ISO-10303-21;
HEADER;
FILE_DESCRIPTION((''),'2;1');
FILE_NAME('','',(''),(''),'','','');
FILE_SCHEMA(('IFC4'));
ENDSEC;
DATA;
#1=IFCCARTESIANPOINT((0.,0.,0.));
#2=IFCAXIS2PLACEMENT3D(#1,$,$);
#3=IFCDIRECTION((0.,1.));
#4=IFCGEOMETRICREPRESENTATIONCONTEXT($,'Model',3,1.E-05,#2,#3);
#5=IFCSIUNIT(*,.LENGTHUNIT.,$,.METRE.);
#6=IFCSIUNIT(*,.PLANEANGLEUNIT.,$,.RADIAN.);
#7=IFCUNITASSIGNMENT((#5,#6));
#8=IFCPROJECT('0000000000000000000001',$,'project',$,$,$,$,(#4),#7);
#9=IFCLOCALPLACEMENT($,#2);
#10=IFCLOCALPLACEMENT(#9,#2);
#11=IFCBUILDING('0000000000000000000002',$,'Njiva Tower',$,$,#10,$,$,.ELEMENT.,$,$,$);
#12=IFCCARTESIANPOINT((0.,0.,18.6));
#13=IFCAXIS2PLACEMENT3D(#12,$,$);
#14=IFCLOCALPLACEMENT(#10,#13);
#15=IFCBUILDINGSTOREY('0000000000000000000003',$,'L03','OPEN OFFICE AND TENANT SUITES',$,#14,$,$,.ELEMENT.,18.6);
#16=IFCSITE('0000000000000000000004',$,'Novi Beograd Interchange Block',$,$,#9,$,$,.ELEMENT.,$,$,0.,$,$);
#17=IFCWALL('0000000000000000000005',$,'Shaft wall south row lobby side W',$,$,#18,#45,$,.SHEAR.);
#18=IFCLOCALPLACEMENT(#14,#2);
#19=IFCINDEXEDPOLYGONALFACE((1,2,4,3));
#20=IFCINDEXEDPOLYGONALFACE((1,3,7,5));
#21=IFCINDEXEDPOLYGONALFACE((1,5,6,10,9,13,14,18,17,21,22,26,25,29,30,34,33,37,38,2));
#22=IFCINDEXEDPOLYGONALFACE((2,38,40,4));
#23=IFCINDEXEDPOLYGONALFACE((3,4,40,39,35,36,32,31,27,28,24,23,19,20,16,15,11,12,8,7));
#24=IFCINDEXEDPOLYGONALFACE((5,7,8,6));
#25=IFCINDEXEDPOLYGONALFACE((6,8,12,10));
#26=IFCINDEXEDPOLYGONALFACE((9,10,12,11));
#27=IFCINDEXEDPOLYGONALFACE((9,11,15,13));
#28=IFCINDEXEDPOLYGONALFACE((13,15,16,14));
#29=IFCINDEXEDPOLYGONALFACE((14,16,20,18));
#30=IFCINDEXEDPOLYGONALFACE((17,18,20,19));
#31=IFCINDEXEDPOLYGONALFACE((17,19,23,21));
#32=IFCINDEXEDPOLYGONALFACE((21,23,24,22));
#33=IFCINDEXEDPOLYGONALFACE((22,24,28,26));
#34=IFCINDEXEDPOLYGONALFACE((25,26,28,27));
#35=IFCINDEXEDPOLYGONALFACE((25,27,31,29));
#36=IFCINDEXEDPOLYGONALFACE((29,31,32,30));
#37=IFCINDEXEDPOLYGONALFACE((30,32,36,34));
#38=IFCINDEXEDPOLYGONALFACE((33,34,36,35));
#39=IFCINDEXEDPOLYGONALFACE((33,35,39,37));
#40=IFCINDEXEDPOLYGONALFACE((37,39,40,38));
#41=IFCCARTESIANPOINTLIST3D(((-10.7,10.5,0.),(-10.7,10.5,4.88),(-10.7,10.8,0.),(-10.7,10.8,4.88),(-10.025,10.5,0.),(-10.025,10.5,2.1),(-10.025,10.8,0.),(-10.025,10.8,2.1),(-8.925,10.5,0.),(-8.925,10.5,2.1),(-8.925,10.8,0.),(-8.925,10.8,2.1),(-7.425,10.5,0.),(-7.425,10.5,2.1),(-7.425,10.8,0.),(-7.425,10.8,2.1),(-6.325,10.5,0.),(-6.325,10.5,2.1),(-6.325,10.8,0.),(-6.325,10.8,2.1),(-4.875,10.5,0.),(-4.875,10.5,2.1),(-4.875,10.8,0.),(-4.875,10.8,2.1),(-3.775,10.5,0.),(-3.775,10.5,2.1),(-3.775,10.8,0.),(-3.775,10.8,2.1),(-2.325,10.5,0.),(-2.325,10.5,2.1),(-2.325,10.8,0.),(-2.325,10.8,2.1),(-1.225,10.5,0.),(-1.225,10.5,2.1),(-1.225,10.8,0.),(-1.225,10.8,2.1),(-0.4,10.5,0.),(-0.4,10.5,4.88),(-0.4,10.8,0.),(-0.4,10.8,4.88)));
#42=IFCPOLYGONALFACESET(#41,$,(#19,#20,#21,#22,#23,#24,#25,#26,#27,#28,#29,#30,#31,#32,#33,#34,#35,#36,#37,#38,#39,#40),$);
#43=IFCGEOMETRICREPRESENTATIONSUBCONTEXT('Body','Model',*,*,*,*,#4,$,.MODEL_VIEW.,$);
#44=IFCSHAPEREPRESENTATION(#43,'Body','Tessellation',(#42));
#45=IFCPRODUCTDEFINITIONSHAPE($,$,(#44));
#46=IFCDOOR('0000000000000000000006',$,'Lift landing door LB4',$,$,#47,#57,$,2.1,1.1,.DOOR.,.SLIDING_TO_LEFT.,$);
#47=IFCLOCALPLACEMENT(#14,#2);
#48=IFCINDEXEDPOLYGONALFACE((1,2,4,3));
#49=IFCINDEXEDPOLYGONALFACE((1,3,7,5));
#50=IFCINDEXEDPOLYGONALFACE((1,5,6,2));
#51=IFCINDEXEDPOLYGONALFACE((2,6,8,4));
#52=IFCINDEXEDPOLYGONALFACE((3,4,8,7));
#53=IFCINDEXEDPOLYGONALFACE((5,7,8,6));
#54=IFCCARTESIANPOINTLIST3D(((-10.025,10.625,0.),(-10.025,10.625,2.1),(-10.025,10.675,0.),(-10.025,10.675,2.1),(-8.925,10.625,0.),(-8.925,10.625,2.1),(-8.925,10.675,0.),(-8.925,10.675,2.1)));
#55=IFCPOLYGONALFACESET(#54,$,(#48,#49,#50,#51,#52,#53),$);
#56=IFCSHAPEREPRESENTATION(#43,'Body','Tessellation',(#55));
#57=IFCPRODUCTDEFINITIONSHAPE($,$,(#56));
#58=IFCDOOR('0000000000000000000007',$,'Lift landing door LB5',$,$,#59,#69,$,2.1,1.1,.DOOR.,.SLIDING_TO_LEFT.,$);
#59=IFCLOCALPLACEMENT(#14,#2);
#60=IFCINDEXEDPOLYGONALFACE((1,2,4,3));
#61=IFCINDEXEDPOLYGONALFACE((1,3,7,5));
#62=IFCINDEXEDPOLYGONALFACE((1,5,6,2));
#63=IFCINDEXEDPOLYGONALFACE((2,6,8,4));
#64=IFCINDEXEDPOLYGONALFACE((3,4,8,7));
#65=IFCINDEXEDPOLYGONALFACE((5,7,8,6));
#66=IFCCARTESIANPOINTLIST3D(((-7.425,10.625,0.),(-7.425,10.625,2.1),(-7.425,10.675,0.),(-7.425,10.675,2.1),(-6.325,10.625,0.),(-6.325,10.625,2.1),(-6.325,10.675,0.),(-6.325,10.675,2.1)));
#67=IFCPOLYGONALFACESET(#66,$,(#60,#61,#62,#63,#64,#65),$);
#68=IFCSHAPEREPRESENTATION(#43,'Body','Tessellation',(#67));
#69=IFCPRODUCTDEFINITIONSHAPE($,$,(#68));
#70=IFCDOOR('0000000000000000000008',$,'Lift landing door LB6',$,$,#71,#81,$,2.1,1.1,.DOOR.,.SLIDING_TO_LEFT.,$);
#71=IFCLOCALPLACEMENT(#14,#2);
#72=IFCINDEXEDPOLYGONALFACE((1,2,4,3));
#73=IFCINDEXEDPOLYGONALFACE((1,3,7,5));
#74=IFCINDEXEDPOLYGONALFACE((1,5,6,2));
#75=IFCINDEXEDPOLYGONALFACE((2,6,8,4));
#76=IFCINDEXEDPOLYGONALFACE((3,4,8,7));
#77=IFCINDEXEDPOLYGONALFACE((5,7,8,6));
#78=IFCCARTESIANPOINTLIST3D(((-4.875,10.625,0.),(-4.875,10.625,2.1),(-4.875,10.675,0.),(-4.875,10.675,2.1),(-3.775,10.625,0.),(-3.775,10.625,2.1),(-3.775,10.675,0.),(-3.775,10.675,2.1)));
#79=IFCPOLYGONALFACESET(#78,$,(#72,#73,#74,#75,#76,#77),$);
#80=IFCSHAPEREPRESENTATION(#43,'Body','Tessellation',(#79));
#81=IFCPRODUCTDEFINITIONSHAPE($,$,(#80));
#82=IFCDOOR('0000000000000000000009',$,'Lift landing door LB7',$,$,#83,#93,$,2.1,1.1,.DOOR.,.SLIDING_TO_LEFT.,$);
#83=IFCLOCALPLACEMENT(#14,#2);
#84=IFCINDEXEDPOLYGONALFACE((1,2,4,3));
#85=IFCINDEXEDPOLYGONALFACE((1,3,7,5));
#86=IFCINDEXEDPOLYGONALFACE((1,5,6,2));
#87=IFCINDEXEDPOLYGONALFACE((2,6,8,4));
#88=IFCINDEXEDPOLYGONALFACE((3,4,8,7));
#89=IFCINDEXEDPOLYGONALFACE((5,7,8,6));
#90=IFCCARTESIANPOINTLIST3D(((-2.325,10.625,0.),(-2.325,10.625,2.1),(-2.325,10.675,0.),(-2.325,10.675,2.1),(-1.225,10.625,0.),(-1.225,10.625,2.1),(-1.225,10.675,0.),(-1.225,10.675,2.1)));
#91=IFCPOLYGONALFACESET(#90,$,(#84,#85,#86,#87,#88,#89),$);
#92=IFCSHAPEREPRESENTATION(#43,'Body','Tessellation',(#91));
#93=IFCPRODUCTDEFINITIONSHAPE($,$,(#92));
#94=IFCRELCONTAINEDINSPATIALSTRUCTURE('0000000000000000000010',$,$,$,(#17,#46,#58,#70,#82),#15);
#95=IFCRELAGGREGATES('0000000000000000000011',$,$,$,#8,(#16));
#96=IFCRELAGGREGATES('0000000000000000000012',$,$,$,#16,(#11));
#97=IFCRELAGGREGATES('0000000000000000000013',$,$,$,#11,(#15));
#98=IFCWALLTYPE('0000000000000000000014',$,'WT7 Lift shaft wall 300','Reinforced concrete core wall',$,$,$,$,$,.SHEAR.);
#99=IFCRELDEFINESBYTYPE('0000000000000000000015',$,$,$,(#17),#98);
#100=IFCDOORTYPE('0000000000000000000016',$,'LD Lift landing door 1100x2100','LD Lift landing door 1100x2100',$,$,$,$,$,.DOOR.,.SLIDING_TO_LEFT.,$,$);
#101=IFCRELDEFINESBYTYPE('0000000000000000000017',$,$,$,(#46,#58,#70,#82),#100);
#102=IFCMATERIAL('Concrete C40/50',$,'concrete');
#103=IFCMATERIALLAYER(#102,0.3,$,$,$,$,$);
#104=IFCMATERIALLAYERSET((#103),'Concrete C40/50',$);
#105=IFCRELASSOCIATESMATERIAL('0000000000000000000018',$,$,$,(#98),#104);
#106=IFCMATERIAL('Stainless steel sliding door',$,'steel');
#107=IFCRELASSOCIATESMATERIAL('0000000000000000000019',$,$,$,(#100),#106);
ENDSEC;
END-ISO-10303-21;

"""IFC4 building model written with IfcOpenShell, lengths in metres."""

from ifc_helpers import new_model, si_unit, direction, frame, frame_2d, origin, place, context, subcontext, project, spatial, rectangle, extrude, material, layer, layer_set, type_object, element, fill, save


model = new_model("IFC4")

# Units and contexts
model_context = context("Model", 3, precision=1e-05, world=origin(), true_north=direction((0.0, 1.0)))
body_context = subcontext(model_context, "Body", "Model", "MODEL_VIEW")
ifc_project = project(units=[si_unit("LENGTHUNIT", "METRE"), si_unit("PLANEANGLEUNIT", "RADIAN")], contexts=[model_context])

# Site, building, storey
site_placement = place(None, origin())
site = spatial("IfcSite", under=ifc_project, at=site_placement, Name="Novi Beograd Interchange Block", CompositionType="ELEMENT", RefElevation=0.0)
building_placement = place(site_placement, origin())
building = spatial("IfcBuilding", under=site, at=building_placement, Name="Njiva Tower", CompositionType="ELEMENT")
storey_placement = place(building_placement, frame((0.0, 0.0, 18.6)))
storey = spatial("IfcBuildingStorey", under=building, at=storey_placement, Name="L03", Description="OPEN OFFICE AND TENANT SUITES", CompositionType="ELEMENT", Elevation=18.6)

# Shared definitions
ifc_material_1 = material(Name="Concrete C40/50", Category="concrete")

# Wall, openings, doors
ifc_layer_1 = layer(ifc_material_1, 0.3)
ifc_layer_set_1 = layer_set([ifc_layer_1], Name="Concrete C40/50")
wall_type_1 = type_object("IfcWallType", Name="WT7 Lift shaft wall 300", Description="Reinforced concrete core wall", PredefinedType="SHEAR", material=ifc_layer_set_1)
ifc_material_2 = material(Name="Stainless steel sliding door", Category="steel")
door_type_1 = type_object("IfcDoorType", Name="LD Lift landing door 1100x2100", Description="LD Lift landing door 1100x2100", OperationType="SLIDING_TO_LEFT", PredefinedType="DOOR", material=ifc_material_2)
wall_1_placement = place(storey_placement, frame((-10.7, 10.65, 0.0), z_axis=(0.0, 0.0, 1.0), x_axis=(1.0, 0.0, 0.0)))
wall_1 = element("IfcWall", 1, at=wall_1_placement, inside=storey, type_object=wall_type_1, Name="Shaft wall south row lobby side W", PredefinedType="SHEAR", context=body_context, shape_type="SweptSolid", body=[
    extrude(rectangle(XDim=10.3, YDim=0.3, at=frame_2d((5.15, 0.0))), origin(), (0.0, 0.0, 1.0), 4.88),
])
opening_1_placement = place(wall_1_placement, frame((0.675, 0.0, 0.0)))
opening_1 = element("IfcOpeningElement", 2, at=opening_1_placement, cuts=wall_1, PredefinedType="OPENING", context=body_context, shape_type="SweptSolid", body=[
    extrude(rectangle(XDim=1.1, YDim=2.1, at=frame_2d((0.55, 1.05))), frame((0.0, 0.16, 0.0), z_axis=(0.0, -1.0, 0.0), x_axis=(1.0, 0.0, 0.0)), (0.0, 0.0, 1.0), 0.32),
])
opening_2_placement = place(wall_1_placement, frame((3.275, 0.0, 0.0)))
opening_2 = element("IfcOpeningElement", 3, at=opening_2_placement, cuts=wall_1, PredefinedType="OPENING", context=body_context, shape_type="SweptSolid", body=[
    extrude(rectangle(XDim=1.1, YDim=2.1, at=frame_2d((0.55, 1.05))), frame((0.0, 0.16, 0.0), z_axis=(0.0, -1.0, 0.0), x_axis=(1.0, 0.0, 0.0)), (0.0, 0.0, 1.0), 0.32),
])
opening_3_placement = place(wall_1_placement, frame((5.825, 0.0, 0.0)))
opening_3 = element("IfcOpeningElement", 4, at=opening_3_placement, cuts=wall_1, PredefinedType="OPENING", context=body_context, shape_type="SweptSolid", body=[
    extrude(rectangle(XDim=1.1, YDim=2.1, at=frame_2d((0.55, 1.05))), frame((0.0, 0.16, 0.0), z_axis=(0.0, -1.0, 0.0), x_axis=(1.0, 0.0, 0.0)), (0.0, 0.0, 1.0), 0.32),
])
opening_4_placement = place(wall_1_placement, frame((8.375, 0.0, 0.0)))
opening_4 = element("IfcOpeningElement", 5, at=opening_4_placement, cuts=wall_1, PredefinedType="OPENING", context=body_context, shape_type="SweptSolid", body=[
    extrude(rectangle(XDim=1.1, YDim=2.1, at=frame_2d((0.55, 1.05))), frame((0.0, 0.16, 0.0), z_axis=(0.0, -1.0, 0.0), x_axis=(1.0, 0.0, 0.0)), (0.0, 0.0, 1.0), 0.32),
])
door_1_placement = place(opening_1_placement, origin())
door_1 = element("IfcDoor", 6, at=door_1_placement, inside=storey, type_object=door_type_1, Name="Lift landing door LB4", OperationType="SLIDING_TO_LEFT", OverallHeight=2.1, OverallWidth=1.1, PredefinedType="DOOR", context=body_context, shape_type="SweptSolid", body=[
    extrude(rectangle(XDim=1.1, YDim=2.1, at=frame_2d((0.55, 1.05))), frame((0.0, 0.025, 0.0), z_axis=(0.0, -1.0, 0.0), x_axis=(1.0, 0.0, 0.0)), (0.0, 0.0, 1.0), 0.05),
])
fill(opening_1, door_1)
door_2_placement = place(opening_2_placement, origin())
door_2 = element("IfcDoor", 7, at=door_2_placement, inside=storey, type_object=door_type_1, Name="Lift landing door LB5", OperationType="SLIDING_TO_LEFT", OverallHeight=2.1, OverallWidth=1.1, PredefinedType="DOOR", context=body_context, shape_type="SweptSolid", body=[
    extrude(rectangle(XDim=1.1, YDim=2.1, at=frame_2d((0.55, 1.05))), frame((0.0, 0.025, 0.0), z_axis=(0.0, -1.0, 0.0), x_axis=(1.0, 0.0, 0.0)), (0.0, 0.0, 1.0), 0.05),
])
fill(opening_2, door_2)
door_3_placement = place(opening_3_placement, origin())
door_3 = element("IfcDoor", 8, at=door_3_placement, inside=storey, type_object=door_type_1, Name="Lift landing door LB6", OperationType="SLIDING_TO_LEFT", OverallHeight=2.1, OverallWidth=1.1, PredefinedType="DOOR", context=body_context, shape_type="SweptSolid", body=[
    extrude(rectangle(XDim=1.1, YDim=2.1, at=frame_2d((0.55, 1.05))), frame((0.0, 0.025, 0.0), z_axis=(0.0, -1.0, 0.0), x_axis=(1.0, 0.0, 0.0)), (0.0, 0.0, 1.0), 0.05),
])
fill(opening_3, door_3)
door_4_placement = place(opening_4_placement, origin())
door_4 = element("IfcDoor", 9, at=door_4_placement, inside=storey, type_object=door_type_1, Name="Lift landing door LB7", OperationType="SLIDING_TO_LEFT", OverallHeight=2.1, OverallWidth=1.1, PredefinedType="DOOR", context=body_context, shape_type="SweptSolid", body=[
    extrude(rectangle(XDim=1.1, YDim=2.1, at=frame_2d((0.55, 1.05))), frame((0.0, 0.025, 0.0), z_axis=(0.0, -1.0, 0.0), x_axis=(1.0, 0.0, 0.0)), (0.0, 0.0, 1.0), 0.05),
])
fill(opening_4, door_4)

save(model, "model.ifc")
